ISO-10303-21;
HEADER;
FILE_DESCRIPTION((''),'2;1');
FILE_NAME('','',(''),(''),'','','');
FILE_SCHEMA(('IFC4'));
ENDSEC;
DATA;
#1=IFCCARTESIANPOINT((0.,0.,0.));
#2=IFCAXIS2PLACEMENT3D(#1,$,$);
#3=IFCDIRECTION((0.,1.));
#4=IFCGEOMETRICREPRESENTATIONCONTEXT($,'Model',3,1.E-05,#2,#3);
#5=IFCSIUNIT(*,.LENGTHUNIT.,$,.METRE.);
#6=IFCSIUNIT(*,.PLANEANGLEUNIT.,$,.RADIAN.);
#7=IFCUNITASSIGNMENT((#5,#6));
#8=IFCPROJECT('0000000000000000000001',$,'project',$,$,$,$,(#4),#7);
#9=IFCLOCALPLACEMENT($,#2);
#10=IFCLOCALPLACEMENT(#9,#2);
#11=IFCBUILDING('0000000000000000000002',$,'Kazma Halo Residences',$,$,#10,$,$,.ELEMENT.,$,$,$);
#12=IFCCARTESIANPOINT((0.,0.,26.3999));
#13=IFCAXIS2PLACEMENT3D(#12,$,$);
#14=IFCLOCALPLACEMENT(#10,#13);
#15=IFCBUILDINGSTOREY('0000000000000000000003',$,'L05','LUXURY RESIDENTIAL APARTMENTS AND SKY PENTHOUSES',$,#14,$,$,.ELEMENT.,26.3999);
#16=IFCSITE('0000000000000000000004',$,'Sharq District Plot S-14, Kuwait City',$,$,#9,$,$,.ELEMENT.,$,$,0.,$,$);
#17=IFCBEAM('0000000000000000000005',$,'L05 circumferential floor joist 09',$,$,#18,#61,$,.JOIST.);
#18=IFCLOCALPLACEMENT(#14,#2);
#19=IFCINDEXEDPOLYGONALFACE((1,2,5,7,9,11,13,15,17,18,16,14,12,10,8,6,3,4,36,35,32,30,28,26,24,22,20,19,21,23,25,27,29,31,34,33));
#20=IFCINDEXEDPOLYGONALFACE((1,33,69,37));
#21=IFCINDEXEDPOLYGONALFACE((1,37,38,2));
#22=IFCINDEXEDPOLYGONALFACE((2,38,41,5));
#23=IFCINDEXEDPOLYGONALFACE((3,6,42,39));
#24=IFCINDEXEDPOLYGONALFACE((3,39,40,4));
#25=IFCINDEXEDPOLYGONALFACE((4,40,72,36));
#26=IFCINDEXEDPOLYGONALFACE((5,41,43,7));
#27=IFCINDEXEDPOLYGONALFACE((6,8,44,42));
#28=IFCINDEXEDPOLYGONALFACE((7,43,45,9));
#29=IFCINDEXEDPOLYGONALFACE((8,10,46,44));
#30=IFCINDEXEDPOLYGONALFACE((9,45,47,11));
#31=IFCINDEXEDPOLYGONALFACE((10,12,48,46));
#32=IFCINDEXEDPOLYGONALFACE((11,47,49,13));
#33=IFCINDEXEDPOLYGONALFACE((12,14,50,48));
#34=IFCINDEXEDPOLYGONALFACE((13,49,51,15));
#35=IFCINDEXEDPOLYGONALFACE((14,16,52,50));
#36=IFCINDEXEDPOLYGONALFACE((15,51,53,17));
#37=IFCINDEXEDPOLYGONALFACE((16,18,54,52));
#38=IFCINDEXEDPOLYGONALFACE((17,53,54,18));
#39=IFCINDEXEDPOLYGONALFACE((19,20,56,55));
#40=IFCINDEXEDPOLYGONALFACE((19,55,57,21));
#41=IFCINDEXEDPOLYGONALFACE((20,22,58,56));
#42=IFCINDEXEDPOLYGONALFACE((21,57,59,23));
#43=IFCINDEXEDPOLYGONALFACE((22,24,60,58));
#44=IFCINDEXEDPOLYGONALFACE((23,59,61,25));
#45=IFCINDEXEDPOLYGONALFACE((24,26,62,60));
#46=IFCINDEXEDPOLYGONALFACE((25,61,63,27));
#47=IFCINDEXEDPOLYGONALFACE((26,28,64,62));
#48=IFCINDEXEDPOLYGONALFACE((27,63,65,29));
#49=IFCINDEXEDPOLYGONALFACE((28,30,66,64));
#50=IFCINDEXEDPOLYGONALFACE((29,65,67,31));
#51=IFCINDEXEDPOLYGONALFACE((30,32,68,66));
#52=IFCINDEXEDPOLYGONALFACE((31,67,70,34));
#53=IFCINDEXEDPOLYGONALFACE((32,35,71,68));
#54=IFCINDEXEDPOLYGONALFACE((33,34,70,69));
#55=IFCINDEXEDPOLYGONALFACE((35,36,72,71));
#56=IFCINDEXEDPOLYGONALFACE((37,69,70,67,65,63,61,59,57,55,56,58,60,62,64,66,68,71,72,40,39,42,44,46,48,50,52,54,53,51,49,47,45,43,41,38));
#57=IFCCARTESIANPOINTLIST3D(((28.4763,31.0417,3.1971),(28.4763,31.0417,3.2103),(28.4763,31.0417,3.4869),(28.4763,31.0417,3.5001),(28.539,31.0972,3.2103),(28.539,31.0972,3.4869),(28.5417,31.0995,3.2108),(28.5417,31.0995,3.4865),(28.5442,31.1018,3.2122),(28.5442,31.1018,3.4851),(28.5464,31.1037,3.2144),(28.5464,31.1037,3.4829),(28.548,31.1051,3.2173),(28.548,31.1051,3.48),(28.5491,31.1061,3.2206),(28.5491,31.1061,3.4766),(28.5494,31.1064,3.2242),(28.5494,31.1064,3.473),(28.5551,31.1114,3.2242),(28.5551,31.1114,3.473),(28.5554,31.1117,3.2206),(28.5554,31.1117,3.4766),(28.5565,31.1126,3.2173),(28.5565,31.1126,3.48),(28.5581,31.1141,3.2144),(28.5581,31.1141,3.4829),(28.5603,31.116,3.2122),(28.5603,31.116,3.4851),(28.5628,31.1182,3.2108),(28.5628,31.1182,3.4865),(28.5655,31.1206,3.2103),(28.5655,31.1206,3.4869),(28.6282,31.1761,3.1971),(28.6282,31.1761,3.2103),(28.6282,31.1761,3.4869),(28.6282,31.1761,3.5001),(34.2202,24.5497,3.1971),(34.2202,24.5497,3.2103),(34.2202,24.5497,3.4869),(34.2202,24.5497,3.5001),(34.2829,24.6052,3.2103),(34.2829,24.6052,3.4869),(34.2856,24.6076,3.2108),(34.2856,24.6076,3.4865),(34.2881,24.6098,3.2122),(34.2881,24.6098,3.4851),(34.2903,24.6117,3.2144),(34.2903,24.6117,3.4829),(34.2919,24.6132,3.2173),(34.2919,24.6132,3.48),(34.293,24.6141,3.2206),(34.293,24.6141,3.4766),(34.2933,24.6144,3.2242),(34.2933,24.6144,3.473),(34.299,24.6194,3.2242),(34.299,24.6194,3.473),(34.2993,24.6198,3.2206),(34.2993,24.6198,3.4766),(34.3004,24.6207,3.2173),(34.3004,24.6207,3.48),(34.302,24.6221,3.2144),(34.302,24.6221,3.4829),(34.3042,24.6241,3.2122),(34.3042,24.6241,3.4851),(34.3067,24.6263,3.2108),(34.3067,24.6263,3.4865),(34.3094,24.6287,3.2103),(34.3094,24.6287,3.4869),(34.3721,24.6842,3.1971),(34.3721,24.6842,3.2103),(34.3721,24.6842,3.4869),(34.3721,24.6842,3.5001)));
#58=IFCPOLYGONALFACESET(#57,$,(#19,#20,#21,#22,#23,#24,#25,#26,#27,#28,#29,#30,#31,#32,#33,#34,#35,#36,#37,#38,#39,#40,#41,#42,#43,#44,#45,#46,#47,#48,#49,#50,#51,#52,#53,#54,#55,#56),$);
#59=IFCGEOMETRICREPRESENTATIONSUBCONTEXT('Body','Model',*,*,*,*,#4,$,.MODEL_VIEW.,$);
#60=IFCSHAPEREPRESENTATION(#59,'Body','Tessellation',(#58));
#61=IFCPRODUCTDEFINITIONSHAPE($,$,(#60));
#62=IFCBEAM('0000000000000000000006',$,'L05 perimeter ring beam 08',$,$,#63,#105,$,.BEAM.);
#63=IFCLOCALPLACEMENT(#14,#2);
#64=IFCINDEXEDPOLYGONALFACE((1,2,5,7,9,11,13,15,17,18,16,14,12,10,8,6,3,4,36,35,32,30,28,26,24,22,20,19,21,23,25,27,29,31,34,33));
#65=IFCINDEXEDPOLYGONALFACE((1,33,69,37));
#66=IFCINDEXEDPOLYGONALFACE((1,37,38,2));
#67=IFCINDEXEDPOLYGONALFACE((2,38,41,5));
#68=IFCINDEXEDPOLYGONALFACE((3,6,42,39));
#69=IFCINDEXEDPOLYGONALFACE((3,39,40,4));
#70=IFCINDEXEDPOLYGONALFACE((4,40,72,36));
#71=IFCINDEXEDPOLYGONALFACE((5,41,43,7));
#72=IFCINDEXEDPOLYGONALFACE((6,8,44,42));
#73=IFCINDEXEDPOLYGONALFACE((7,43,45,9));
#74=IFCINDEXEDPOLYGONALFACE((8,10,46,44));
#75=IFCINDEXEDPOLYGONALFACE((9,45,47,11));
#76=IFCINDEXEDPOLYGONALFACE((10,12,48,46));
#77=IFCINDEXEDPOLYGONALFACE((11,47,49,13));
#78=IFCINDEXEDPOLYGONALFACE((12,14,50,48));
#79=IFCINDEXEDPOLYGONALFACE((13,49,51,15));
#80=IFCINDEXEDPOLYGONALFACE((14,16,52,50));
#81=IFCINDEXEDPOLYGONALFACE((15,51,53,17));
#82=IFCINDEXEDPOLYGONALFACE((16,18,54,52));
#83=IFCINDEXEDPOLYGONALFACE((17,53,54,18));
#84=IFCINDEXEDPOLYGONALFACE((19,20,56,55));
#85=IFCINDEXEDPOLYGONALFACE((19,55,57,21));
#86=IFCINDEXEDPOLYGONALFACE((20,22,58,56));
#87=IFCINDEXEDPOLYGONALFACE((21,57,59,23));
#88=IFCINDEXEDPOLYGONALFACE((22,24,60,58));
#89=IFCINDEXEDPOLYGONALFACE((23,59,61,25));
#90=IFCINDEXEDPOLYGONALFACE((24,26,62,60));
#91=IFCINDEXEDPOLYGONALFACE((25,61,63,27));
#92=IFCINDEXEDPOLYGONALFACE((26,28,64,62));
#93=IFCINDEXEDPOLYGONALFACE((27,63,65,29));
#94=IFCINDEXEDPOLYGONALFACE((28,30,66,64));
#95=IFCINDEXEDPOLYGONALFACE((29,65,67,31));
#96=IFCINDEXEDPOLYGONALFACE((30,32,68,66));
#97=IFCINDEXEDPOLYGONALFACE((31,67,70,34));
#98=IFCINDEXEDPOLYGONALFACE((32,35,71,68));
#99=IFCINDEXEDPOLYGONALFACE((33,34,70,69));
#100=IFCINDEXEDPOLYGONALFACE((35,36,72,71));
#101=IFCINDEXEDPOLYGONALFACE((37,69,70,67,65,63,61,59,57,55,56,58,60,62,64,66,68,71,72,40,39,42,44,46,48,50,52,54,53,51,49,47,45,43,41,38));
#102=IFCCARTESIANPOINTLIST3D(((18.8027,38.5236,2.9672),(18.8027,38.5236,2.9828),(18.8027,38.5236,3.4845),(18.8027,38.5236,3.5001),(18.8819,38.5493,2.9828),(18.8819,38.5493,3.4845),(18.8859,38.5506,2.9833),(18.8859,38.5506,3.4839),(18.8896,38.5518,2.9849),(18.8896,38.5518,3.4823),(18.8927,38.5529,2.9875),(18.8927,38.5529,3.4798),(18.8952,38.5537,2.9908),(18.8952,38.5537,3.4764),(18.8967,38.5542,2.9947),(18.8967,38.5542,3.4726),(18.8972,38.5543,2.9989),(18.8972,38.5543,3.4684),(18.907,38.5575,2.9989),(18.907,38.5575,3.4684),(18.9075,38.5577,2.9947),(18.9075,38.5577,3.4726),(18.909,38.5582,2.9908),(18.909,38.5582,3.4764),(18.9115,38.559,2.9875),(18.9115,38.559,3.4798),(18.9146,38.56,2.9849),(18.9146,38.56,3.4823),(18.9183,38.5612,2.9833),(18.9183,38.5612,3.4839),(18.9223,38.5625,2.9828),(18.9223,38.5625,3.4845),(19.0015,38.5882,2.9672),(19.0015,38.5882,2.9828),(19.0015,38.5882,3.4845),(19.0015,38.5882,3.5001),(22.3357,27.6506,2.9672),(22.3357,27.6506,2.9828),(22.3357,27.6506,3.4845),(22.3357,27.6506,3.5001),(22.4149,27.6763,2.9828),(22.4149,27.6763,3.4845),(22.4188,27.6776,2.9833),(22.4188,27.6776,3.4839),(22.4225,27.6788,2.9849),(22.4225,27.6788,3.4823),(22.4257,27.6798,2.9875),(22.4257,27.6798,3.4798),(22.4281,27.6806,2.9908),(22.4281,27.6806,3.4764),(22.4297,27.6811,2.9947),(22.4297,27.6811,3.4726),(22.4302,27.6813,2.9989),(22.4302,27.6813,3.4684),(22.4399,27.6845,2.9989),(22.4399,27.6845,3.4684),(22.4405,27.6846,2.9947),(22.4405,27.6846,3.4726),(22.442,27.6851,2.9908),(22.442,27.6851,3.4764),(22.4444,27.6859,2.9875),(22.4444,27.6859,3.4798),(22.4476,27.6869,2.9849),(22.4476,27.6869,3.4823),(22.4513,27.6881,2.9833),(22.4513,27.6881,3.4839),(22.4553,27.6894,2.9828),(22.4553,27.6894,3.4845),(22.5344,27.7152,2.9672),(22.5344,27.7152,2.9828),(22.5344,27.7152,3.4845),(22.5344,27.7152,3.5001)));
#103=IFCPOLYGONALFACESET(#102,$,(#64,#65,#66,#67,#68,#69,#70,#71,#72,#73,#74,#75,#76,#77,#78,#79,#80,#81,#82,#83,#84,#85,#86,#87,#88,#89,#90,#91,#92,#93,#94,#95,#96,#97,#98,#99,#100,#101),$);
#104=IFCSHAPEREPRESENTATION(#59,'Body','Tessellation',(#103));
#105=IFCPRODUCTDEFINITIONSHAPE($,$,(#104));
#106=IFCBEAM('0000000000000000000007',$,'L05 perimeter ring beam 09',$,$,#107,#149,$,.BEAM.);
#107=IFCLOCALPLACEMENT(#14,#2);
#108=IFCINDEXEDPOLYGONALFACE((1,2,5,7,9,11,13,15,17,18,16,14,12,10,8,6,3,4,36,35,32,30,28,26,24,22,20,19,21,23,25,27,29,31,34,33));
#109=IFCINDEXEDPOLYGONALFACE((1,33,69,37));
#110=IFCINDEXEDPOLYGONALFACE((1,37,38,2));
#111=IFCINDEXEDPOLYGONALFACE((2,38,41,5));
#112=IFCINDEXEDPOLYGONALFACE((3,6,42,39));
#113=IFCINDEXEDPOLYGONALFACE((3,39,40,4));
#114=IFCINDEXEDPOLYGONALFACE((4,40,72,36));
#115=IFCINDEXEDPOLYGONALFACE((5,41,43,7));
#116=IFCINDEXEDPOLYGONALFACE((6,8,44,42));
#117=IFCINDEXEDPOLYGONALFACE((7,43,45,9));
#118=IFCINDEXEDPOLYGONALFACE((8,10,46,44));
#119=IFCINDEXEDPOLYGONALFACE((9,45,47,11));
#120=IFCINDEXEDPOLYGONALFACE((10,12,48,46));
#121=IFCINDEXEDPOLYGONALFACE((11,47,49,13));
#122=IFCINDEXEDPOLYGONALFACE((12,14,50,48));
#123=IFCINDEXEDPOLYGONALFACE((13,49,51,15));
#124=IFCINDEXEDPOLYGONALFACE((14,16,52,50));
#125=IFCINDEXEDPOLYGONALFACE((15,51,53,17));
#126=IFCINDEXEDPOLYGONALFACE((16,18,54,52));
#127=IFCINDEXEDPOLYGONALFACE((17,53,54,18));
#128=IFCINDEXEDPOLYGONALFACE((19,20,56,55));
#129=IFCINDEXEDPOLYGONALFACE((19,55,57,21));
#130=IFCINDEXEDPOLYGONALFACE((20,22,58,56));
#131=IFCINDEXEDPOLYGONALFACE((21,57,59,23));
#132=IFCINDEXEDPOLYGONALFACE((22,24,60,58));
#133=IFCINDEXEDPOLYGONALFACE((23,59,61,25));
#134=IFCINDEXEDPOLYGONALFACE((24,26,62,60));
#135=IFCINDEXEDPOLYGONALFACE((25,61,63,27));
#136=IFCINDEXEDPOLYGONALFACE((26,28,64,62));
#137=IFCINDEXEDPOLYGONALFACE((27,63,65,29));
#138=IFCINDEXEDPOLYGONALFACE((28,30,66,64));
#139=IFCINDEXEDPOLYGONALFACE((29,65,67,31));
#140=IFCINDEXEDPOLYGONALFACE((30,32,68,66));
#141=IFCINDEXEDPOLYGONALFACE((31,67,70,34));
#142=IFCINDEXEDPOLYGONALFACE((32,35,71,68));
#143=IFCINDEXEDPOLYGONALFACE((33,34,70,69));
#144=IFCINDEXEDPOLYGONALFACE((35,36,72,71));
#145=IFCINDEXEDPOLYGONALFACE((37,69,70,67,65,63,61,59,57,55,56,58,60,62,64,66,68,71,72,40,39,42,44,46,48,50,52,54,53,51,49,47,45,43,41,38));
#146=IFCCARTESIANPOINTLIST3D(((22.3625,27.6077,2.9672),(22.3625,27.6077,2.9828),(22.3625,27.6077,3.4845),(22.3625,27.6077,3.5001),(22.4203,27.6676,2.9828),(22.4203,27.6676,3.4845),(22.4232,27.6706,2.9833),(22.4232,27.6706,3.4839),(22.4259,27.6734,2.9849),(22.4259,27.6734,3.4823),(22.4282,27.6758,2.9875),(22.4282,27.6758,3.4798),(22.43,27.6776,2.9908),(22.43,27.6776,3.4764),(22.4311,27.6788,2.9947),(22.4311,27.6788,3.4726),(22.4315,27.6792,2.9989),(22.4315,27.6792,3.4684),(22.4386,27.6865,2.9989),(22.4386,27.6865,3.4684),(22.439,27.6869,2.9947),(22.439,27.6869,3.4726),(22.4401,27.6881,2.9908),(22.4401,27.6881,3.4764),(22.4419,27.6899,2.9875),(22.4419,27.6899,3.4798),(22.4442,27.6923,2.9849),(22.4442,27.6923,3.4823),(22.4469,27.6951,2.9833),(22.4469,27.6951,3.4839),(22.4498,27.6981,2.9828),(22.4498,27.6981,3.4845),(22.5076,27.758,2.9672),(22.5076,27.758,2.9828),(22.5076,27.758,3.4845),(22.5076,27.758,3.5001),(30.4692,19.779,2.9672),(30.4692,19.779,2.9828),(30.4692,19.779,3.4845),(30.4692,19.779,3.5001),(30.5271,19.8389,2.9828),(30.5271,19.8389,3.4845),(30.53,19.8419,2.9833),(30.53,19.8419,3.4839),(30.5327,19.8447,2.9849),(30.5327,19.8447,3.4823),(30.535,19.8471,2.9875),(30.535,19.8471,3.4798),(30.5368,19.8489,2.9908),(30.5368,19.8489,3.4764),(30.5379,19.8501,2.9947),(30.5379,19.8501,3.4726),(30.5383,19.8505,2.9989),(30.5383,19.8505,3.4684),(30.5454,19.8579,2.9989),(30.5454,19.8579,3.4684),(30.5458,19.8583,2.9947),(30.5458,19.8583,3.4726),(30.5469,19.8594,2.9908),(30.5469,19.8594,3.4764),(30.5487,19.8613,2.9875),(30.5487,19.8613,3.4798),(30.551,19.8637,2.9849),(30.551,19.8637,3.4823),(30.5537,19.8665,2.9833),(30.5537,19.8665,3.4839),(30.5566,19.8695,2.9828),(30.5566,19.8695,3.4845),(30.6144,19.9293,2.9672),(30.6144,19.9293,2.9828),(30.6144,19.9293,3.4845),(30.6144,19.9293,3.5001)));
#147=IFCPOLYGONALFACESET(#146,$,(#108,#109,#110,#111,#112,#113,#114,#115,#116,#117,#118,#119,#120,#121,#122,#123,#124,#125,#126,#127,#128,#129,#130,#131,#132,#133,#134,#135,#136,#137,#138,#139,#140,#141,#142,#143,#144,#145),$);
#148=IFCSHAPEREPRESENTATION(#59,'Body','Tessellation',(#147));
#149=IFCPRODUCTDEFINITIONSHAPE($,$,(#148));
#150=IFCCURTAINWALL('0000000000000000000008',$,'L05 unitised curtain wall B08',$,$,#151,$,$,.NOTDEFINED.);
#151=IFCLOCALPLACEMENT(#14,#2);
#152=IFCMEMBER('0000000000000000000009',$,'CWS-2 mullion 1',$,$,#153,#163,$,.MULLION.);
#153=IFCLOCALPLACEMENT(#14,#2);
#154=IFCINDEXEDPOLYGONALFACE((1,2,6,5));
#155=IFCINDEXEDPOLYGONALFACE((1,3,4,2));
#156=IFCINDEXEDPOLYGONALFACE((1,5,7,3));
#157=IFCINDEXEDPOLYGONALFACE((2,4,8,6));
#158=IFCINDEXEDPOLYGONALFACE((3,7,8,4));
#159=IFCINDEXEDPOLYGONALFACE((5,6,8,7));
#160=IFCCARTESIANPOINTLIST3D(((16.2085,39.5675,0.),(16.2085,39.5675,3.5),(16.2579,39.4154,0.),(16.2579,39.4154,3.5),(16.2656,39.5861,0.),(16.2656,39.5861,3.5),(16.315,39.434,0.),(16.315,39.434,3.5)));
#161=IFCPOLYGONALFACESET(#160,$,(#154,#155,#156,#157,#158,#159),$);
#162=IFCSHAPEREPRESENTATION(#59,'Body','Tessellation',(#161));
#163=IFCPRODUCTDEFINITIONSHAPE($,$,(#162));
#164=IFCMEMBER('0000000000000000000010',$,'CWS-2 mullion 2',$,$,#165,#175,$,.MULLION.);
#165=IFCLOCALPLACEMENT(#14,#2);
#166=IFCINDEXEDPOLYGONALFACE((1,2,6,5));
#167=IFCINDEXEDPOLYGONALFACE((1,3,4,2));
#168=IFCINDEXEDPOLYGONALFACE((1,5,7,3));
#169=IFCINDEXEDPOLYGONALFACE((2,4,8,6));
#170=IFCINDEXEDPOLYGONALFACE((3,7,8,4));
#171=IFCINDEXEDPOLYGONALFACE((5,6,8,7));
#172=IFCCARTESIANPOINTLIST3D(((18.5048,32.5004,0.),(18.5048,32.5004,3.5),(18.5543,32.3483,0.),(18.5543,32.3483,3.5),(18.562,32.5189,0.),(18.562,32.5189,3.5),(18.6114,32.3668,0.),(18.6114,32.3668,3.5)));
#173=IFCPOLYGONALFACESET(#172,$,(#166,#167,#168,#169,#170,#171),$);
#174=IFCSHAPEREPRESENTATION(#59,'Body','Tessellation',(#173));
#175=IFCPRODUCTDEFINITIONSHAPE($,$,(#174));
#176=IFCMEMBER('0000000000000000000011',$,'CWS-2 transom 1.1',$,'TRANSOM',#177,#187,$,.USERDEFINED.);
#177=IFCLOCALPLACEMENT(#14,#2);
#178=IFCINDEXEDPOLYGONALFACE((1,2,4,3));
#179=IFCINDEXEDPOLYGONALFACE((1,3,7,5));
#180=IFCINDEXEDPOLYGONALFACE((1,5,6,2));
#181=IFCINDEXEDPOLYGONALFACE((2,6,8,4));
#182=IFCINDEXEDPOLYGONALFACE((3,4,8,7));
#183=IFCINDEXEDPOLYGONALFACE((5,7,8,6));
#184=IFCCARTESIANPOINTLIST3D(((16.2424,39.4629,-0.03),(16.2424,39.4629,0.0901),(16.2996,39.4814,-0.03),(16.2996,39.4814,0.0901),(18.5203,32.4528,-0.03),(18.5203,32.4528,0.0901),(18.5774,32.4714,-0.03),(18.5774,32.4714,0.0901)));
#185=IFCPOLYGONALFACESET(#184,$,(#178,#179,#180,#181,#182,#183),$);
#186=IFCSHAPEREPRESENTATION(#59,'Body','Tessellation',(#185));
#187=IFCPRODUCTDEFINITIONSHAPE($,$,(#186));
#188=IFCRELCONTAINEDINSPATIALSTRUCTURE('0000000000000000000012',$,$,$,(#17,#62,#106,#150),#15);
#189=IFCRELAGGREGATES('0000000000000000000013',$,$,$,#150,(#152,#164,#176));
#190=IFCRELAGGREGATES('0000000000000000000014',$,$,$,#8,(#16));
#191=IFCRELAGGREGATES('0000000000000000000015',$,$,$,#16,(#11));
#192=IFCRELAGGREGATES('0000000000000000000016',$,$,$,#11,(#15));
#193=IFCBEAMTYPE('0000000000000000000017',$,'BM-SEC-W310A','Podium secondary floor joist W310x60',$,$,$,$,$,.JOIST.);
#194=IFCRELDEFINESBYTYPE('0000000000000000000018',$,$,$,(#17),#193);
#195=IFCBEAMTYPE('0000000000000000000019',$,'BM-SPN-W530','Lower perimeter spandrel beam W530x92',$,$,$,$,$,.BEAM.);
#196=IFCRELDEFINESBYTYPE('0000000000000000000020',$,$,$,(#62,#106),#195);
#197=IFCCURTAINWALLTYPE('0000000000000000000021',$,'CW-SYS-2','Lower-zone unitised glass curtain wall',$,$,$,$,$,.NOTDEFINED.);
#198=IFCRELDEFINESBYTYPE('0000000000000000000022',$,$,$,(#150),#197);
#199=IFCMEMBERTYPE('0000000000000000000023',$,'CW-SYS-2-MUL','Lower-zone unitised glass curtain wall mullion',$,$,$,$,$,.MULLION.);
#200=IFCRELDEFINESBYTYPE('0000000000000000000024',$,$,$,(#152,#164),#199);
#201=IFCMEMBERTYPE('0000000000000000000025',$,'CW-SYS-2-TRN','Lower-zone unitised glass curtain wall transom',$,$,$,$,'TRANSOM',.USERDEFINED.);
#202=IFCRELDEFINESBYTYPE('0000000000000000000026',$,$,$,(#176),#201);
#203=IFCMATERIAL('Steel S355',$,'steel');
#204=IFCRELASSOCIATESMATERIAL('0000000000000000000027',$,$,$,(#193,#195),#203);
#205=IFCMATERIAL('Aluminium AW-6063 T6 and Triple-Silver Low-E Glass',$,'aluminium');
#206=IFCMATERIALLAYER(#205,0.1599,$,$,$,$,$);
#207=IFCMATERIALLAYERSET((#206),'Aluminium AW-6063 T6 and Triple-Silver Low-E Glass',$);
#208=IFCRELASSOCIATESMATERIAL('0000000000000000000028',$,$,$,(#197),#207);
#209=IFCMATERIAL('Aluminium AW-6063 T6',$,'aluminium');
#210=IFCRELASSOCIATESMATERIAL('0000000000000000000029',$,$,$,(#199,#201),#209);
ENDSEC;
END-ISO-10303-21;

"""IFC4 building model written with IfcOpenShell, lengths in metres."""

from ifc_helpers import new_model, si_unit, direction, frame, origin, origin_2d, place, context, subcontext, project, spatial, rectangle, i_section, extrude, material, layer, layer_set, material_profile, profile_set, type_object, element, aggregate, save


model = new_model("IFC4")

# Units and contexts
model_context = context("Model", 3, precision=1e-05, world=origin(), true_north=direction((0.0, 1.0)))
body_context = subcontext(model_context, "Body", "Model", "MODEL_VIEW")
ifc_project = project(units=[si_unit("LENGTHUNIT", "METRE"), si_unit("PLANEANGLEUNIT", "RADIAN")], contexts=[model_context])

# Site, building, storey
site_placement = place(None, origin())
site = spatial("IfcSite", under=ifc_project, at=site_placement, Name="Sharq District Plot S-14, Kuwait City", CompositionType="ELEMENT", RefElevation=0.0)
building_placement = place(site_placement, origin())
building = spatial("IfcBuilding", under=site, at=building_placement, Name="Kazma Halo Residences", CompositionType="ELEMENT")
storey_placement = place(building_placement, frame((0.0, 0.0, 26.3999)))
storey = spatial("IfcBuildingStorey", under=building, at=storey_placement, Name="L05", Description="LUXURY RESIDENTIAL APARTMENTS AND SKY PENTHOUSES", CompositionType="ELEMENT", Elevation=26.3999)

# Beams
ifc_material_1 = material(Name="Steel S355", Category="steel")
ifc_material_profile_1 = material_profile(ifc_material_1, i_section(OverallWidth=0.2029, OverallDepth=0.303, WebThickness=0.0076, FlangeThickness=0.0132, FilletRadius=0.0139, at=origin_2d()), Name="W310x60")
ifc_profile_set_1 = profile_set([ifc_material_profile_1], Name="Steel S355")
beam_type_1 = type_object("IfcBeamType", Name="BM-SEC-W310A", Description="Podium secondary floor joist W310x60", PredefinedType="JOIST", material=ifc_profile_set_1)
beam_1_placement = place(storey_placement, frame((28.5522, 31.1089, 3.3486), z_axis=(0.66264, -0.748938, 0.0), x_axis=(0.748938, 0.66264, 0.0)))
element("IfcBeam", 1, at=beam_1_placement, inside=storey, type_object=beam_type_1, Name="L05 circumferential floor joist 09", PredefinedType="JOIST", context=body_context, shape_type="SweptSolid", body=[
    extrude(i_section(OverallWidth=0.2029, OverallDepth=0.303, WebThickness=0.0076, FlangeThickness=0.0132, FilletRadius=0.0139, at=origin_2d()), origin(), (0.0, 0.0, 1.0), 8.6682),
])
ifc_material_profile_2 = material_profile(ifc_material_1, i_section(OverallWidth=0.209, OverallDepth=0.533, WebThickness=0.0103, FlangeThickness=0.0156, FilletRadius=0.0161, at=origin_2d()), Name="W530x92")
ifc_profile_set_2 = profile_set([ifc_material_profile_2], Name="Steel S355")
beam_type_2 = type_object("IfcBeamType", Name="BM-SPN-W530", Description="Lower perimeter spandrel beam W530x92", PredefinedType="BEAM", material=ifc_profile_set_2)
beam_2_placement = place(storey_placement, frame((18.9021, 38.5559, 3.2336), z_axis=(0.309024, -0.951054, 0.0), x_axis=(0.951054, 0.309024, 0.0)))
element("IfcBeam", 2, at=beam_2_placement, inside=storey, type_object=beam_type_2, Name="L05 perimeter ring beam 08", PredefinedType="BEAM", context=body_context, shape_type="SweptSolid", body=[
    extrude(i_section(OverallWidth=0.209, OverallDepth=0.533, WebThickness=0.0103, FlangeThickness=0.0156, FilletRadius=0.0161, at=origin_2d()), origin(), (0.0, 0.0, 1.0), 11.4326),
])
beam_3_placement = place(storey_placement, frame((22.4351, 27.6829, 3.2336), z_axis=(0.719337, -0.694662, 0.0), x_axis=(0.694662, 0.719337, 0.0)))
element("IfcBeam", 3, at=beam_3_placement, inside=storey, type_object=beam_type_2, Name="L05 perimeter ring beam 09", PredefinedType="BEAM", context=body_context, shape_type="SweptSolid", body=[
    extrude(i_section(OverallWidth=0.209, OverallDepth=0.533, WebThickness=0.0103, FlangeThickness=0.0156, FilletRadius=0.0161, at=origin_2d()), origin(), (0.0, 0.0, 1.0), 11.2698),
])

# Curtain wall, members
ifc_material_2 = material(Name="Aluminium AW-6063 T6 and Triple-Silver Low-E Glass", Category="aluminium")
ifc_layer_1 = layer(ifc_material_2, 0.1599)
ifc_layer_set_1 = layer_set([ifc_layer_1], Name="Aluminium AW-6063 T6 and Triple-Silver Low-E Glass")
curtain_wall_type = type_object("IfcCurtainWallType", Name="CW-SYS-2", Description="Lower-zone unitised glass curtain wall", PredefinedType="NOTDEFINED", material=ifc_layer_set_1)
curtain_wall_placement = place(storey_placement, origin())
curtain_wall = element("IfcCurtainWall", 4, at=curtain_wall_placement, inside=storey, type_object=curtain_wall_type, Name="L05 unitised curtain wall B08", PredefinedType="NOTDEFINED")
ifc_material_3 = material(Name="Aluminium AW-6063 T6", Category="aluminium")
ifc_material_profile_3 = material_profile(ifc_material_3, rectangle(XDim=0.0601, YDim=0.1599, at=origin_2d()), Name="CWM-60x160")
ifc_profile_set_3 = profile_set([ifc_material_profile_3], Name="Aluminium AW-6063 T6")
member_type_1 = type_object("IfcMemberType", Name="CW-SYS-2-MUL", Description="Lower-zone unitised glass curtain wall mullion", PredefinedType="MULLION", material=ifc_profile_set_3)
member_1_placement = place(storey_placement, frame((16.2617, 39.5007, 0.0), z_axis=(0.0, 0.0, 1.0), x_axis=(0.951057, 0.309017, 0.0)))
member_1 = element("IfcMember", 5, at=member_1_placement, type_object=member_type_1, Name="CWS-2 mullion 1", PredefinedType="MULLION", context=body_context, shape_type="SweptSolid", body=[
    extrude(rectangle(XDim=0.0601, YDim=0.1599, at=origin_2d()), origin(), (0.0, 0.0, 1.0), 3.5),
])
member_2_placement = place(storey_placement, frame((18.5581, 32.4336, 0.0), z_axis=(0.0, 0.0, 1.0), x_axis=(0.951057, 0.309017, 0.0)))
member_2 = element("IfcMember", 6, at=member_2_placement, type_object=member_type_1, Name="CWS-2 mullion 2", PredefinedType="MULLION", context=body_context, shape_type="SweptSolid", body=[
    extrude(rectangle(XDim=0.0601, YDim=0.1599, at=origin_2d()), origin(), (0.0, 0.0, 1.0), 3.5),
])
ifc_material_profile_4 = material_profile(ifc_material_3, rectangle(XDim=0.0601, YDim=0.1201, at=origin_2d()), Name="CWT-60x120")
ifc_profile_set_4 = profile_set([ifc_material_profile_4], Name="Aluminium AW-6063 T6")
member_type_2 = type_object("IfcMemberType", Name="CW-SYS-2-TRN", Description="Lower-zone unitised glass curtain wall transom", ElementType="TRANSOM", PredefinedType="USERDEFINED", material=ifc_profile_set_4)
member_3_placement = place(storey_placement, frame((16.271, 39.4722, 0.03), z_axis=(0.309034, -0.951051, 0.0), x_axis=(0.951051, 0.309034, 0.0)))
member_3 = element("IfcMember", 7, at=member_3_placement, type_object=member_type_2, Name="CWS-2 transom 1.1", ObjectType="TRANSOM", PredefinedType="USERDEFINED", context=body_context, shape_type="SweptSolid", body=[
    extrude(rectangle(XDim=0.0601, YDim=0.1201, at=origin_2d()), origin(), (0.0, 0.0, 1.0), 7.3708),
])
aggregate(curtain_wall, [member_1, member_2, member_3])

save(model, "model.ifc")
